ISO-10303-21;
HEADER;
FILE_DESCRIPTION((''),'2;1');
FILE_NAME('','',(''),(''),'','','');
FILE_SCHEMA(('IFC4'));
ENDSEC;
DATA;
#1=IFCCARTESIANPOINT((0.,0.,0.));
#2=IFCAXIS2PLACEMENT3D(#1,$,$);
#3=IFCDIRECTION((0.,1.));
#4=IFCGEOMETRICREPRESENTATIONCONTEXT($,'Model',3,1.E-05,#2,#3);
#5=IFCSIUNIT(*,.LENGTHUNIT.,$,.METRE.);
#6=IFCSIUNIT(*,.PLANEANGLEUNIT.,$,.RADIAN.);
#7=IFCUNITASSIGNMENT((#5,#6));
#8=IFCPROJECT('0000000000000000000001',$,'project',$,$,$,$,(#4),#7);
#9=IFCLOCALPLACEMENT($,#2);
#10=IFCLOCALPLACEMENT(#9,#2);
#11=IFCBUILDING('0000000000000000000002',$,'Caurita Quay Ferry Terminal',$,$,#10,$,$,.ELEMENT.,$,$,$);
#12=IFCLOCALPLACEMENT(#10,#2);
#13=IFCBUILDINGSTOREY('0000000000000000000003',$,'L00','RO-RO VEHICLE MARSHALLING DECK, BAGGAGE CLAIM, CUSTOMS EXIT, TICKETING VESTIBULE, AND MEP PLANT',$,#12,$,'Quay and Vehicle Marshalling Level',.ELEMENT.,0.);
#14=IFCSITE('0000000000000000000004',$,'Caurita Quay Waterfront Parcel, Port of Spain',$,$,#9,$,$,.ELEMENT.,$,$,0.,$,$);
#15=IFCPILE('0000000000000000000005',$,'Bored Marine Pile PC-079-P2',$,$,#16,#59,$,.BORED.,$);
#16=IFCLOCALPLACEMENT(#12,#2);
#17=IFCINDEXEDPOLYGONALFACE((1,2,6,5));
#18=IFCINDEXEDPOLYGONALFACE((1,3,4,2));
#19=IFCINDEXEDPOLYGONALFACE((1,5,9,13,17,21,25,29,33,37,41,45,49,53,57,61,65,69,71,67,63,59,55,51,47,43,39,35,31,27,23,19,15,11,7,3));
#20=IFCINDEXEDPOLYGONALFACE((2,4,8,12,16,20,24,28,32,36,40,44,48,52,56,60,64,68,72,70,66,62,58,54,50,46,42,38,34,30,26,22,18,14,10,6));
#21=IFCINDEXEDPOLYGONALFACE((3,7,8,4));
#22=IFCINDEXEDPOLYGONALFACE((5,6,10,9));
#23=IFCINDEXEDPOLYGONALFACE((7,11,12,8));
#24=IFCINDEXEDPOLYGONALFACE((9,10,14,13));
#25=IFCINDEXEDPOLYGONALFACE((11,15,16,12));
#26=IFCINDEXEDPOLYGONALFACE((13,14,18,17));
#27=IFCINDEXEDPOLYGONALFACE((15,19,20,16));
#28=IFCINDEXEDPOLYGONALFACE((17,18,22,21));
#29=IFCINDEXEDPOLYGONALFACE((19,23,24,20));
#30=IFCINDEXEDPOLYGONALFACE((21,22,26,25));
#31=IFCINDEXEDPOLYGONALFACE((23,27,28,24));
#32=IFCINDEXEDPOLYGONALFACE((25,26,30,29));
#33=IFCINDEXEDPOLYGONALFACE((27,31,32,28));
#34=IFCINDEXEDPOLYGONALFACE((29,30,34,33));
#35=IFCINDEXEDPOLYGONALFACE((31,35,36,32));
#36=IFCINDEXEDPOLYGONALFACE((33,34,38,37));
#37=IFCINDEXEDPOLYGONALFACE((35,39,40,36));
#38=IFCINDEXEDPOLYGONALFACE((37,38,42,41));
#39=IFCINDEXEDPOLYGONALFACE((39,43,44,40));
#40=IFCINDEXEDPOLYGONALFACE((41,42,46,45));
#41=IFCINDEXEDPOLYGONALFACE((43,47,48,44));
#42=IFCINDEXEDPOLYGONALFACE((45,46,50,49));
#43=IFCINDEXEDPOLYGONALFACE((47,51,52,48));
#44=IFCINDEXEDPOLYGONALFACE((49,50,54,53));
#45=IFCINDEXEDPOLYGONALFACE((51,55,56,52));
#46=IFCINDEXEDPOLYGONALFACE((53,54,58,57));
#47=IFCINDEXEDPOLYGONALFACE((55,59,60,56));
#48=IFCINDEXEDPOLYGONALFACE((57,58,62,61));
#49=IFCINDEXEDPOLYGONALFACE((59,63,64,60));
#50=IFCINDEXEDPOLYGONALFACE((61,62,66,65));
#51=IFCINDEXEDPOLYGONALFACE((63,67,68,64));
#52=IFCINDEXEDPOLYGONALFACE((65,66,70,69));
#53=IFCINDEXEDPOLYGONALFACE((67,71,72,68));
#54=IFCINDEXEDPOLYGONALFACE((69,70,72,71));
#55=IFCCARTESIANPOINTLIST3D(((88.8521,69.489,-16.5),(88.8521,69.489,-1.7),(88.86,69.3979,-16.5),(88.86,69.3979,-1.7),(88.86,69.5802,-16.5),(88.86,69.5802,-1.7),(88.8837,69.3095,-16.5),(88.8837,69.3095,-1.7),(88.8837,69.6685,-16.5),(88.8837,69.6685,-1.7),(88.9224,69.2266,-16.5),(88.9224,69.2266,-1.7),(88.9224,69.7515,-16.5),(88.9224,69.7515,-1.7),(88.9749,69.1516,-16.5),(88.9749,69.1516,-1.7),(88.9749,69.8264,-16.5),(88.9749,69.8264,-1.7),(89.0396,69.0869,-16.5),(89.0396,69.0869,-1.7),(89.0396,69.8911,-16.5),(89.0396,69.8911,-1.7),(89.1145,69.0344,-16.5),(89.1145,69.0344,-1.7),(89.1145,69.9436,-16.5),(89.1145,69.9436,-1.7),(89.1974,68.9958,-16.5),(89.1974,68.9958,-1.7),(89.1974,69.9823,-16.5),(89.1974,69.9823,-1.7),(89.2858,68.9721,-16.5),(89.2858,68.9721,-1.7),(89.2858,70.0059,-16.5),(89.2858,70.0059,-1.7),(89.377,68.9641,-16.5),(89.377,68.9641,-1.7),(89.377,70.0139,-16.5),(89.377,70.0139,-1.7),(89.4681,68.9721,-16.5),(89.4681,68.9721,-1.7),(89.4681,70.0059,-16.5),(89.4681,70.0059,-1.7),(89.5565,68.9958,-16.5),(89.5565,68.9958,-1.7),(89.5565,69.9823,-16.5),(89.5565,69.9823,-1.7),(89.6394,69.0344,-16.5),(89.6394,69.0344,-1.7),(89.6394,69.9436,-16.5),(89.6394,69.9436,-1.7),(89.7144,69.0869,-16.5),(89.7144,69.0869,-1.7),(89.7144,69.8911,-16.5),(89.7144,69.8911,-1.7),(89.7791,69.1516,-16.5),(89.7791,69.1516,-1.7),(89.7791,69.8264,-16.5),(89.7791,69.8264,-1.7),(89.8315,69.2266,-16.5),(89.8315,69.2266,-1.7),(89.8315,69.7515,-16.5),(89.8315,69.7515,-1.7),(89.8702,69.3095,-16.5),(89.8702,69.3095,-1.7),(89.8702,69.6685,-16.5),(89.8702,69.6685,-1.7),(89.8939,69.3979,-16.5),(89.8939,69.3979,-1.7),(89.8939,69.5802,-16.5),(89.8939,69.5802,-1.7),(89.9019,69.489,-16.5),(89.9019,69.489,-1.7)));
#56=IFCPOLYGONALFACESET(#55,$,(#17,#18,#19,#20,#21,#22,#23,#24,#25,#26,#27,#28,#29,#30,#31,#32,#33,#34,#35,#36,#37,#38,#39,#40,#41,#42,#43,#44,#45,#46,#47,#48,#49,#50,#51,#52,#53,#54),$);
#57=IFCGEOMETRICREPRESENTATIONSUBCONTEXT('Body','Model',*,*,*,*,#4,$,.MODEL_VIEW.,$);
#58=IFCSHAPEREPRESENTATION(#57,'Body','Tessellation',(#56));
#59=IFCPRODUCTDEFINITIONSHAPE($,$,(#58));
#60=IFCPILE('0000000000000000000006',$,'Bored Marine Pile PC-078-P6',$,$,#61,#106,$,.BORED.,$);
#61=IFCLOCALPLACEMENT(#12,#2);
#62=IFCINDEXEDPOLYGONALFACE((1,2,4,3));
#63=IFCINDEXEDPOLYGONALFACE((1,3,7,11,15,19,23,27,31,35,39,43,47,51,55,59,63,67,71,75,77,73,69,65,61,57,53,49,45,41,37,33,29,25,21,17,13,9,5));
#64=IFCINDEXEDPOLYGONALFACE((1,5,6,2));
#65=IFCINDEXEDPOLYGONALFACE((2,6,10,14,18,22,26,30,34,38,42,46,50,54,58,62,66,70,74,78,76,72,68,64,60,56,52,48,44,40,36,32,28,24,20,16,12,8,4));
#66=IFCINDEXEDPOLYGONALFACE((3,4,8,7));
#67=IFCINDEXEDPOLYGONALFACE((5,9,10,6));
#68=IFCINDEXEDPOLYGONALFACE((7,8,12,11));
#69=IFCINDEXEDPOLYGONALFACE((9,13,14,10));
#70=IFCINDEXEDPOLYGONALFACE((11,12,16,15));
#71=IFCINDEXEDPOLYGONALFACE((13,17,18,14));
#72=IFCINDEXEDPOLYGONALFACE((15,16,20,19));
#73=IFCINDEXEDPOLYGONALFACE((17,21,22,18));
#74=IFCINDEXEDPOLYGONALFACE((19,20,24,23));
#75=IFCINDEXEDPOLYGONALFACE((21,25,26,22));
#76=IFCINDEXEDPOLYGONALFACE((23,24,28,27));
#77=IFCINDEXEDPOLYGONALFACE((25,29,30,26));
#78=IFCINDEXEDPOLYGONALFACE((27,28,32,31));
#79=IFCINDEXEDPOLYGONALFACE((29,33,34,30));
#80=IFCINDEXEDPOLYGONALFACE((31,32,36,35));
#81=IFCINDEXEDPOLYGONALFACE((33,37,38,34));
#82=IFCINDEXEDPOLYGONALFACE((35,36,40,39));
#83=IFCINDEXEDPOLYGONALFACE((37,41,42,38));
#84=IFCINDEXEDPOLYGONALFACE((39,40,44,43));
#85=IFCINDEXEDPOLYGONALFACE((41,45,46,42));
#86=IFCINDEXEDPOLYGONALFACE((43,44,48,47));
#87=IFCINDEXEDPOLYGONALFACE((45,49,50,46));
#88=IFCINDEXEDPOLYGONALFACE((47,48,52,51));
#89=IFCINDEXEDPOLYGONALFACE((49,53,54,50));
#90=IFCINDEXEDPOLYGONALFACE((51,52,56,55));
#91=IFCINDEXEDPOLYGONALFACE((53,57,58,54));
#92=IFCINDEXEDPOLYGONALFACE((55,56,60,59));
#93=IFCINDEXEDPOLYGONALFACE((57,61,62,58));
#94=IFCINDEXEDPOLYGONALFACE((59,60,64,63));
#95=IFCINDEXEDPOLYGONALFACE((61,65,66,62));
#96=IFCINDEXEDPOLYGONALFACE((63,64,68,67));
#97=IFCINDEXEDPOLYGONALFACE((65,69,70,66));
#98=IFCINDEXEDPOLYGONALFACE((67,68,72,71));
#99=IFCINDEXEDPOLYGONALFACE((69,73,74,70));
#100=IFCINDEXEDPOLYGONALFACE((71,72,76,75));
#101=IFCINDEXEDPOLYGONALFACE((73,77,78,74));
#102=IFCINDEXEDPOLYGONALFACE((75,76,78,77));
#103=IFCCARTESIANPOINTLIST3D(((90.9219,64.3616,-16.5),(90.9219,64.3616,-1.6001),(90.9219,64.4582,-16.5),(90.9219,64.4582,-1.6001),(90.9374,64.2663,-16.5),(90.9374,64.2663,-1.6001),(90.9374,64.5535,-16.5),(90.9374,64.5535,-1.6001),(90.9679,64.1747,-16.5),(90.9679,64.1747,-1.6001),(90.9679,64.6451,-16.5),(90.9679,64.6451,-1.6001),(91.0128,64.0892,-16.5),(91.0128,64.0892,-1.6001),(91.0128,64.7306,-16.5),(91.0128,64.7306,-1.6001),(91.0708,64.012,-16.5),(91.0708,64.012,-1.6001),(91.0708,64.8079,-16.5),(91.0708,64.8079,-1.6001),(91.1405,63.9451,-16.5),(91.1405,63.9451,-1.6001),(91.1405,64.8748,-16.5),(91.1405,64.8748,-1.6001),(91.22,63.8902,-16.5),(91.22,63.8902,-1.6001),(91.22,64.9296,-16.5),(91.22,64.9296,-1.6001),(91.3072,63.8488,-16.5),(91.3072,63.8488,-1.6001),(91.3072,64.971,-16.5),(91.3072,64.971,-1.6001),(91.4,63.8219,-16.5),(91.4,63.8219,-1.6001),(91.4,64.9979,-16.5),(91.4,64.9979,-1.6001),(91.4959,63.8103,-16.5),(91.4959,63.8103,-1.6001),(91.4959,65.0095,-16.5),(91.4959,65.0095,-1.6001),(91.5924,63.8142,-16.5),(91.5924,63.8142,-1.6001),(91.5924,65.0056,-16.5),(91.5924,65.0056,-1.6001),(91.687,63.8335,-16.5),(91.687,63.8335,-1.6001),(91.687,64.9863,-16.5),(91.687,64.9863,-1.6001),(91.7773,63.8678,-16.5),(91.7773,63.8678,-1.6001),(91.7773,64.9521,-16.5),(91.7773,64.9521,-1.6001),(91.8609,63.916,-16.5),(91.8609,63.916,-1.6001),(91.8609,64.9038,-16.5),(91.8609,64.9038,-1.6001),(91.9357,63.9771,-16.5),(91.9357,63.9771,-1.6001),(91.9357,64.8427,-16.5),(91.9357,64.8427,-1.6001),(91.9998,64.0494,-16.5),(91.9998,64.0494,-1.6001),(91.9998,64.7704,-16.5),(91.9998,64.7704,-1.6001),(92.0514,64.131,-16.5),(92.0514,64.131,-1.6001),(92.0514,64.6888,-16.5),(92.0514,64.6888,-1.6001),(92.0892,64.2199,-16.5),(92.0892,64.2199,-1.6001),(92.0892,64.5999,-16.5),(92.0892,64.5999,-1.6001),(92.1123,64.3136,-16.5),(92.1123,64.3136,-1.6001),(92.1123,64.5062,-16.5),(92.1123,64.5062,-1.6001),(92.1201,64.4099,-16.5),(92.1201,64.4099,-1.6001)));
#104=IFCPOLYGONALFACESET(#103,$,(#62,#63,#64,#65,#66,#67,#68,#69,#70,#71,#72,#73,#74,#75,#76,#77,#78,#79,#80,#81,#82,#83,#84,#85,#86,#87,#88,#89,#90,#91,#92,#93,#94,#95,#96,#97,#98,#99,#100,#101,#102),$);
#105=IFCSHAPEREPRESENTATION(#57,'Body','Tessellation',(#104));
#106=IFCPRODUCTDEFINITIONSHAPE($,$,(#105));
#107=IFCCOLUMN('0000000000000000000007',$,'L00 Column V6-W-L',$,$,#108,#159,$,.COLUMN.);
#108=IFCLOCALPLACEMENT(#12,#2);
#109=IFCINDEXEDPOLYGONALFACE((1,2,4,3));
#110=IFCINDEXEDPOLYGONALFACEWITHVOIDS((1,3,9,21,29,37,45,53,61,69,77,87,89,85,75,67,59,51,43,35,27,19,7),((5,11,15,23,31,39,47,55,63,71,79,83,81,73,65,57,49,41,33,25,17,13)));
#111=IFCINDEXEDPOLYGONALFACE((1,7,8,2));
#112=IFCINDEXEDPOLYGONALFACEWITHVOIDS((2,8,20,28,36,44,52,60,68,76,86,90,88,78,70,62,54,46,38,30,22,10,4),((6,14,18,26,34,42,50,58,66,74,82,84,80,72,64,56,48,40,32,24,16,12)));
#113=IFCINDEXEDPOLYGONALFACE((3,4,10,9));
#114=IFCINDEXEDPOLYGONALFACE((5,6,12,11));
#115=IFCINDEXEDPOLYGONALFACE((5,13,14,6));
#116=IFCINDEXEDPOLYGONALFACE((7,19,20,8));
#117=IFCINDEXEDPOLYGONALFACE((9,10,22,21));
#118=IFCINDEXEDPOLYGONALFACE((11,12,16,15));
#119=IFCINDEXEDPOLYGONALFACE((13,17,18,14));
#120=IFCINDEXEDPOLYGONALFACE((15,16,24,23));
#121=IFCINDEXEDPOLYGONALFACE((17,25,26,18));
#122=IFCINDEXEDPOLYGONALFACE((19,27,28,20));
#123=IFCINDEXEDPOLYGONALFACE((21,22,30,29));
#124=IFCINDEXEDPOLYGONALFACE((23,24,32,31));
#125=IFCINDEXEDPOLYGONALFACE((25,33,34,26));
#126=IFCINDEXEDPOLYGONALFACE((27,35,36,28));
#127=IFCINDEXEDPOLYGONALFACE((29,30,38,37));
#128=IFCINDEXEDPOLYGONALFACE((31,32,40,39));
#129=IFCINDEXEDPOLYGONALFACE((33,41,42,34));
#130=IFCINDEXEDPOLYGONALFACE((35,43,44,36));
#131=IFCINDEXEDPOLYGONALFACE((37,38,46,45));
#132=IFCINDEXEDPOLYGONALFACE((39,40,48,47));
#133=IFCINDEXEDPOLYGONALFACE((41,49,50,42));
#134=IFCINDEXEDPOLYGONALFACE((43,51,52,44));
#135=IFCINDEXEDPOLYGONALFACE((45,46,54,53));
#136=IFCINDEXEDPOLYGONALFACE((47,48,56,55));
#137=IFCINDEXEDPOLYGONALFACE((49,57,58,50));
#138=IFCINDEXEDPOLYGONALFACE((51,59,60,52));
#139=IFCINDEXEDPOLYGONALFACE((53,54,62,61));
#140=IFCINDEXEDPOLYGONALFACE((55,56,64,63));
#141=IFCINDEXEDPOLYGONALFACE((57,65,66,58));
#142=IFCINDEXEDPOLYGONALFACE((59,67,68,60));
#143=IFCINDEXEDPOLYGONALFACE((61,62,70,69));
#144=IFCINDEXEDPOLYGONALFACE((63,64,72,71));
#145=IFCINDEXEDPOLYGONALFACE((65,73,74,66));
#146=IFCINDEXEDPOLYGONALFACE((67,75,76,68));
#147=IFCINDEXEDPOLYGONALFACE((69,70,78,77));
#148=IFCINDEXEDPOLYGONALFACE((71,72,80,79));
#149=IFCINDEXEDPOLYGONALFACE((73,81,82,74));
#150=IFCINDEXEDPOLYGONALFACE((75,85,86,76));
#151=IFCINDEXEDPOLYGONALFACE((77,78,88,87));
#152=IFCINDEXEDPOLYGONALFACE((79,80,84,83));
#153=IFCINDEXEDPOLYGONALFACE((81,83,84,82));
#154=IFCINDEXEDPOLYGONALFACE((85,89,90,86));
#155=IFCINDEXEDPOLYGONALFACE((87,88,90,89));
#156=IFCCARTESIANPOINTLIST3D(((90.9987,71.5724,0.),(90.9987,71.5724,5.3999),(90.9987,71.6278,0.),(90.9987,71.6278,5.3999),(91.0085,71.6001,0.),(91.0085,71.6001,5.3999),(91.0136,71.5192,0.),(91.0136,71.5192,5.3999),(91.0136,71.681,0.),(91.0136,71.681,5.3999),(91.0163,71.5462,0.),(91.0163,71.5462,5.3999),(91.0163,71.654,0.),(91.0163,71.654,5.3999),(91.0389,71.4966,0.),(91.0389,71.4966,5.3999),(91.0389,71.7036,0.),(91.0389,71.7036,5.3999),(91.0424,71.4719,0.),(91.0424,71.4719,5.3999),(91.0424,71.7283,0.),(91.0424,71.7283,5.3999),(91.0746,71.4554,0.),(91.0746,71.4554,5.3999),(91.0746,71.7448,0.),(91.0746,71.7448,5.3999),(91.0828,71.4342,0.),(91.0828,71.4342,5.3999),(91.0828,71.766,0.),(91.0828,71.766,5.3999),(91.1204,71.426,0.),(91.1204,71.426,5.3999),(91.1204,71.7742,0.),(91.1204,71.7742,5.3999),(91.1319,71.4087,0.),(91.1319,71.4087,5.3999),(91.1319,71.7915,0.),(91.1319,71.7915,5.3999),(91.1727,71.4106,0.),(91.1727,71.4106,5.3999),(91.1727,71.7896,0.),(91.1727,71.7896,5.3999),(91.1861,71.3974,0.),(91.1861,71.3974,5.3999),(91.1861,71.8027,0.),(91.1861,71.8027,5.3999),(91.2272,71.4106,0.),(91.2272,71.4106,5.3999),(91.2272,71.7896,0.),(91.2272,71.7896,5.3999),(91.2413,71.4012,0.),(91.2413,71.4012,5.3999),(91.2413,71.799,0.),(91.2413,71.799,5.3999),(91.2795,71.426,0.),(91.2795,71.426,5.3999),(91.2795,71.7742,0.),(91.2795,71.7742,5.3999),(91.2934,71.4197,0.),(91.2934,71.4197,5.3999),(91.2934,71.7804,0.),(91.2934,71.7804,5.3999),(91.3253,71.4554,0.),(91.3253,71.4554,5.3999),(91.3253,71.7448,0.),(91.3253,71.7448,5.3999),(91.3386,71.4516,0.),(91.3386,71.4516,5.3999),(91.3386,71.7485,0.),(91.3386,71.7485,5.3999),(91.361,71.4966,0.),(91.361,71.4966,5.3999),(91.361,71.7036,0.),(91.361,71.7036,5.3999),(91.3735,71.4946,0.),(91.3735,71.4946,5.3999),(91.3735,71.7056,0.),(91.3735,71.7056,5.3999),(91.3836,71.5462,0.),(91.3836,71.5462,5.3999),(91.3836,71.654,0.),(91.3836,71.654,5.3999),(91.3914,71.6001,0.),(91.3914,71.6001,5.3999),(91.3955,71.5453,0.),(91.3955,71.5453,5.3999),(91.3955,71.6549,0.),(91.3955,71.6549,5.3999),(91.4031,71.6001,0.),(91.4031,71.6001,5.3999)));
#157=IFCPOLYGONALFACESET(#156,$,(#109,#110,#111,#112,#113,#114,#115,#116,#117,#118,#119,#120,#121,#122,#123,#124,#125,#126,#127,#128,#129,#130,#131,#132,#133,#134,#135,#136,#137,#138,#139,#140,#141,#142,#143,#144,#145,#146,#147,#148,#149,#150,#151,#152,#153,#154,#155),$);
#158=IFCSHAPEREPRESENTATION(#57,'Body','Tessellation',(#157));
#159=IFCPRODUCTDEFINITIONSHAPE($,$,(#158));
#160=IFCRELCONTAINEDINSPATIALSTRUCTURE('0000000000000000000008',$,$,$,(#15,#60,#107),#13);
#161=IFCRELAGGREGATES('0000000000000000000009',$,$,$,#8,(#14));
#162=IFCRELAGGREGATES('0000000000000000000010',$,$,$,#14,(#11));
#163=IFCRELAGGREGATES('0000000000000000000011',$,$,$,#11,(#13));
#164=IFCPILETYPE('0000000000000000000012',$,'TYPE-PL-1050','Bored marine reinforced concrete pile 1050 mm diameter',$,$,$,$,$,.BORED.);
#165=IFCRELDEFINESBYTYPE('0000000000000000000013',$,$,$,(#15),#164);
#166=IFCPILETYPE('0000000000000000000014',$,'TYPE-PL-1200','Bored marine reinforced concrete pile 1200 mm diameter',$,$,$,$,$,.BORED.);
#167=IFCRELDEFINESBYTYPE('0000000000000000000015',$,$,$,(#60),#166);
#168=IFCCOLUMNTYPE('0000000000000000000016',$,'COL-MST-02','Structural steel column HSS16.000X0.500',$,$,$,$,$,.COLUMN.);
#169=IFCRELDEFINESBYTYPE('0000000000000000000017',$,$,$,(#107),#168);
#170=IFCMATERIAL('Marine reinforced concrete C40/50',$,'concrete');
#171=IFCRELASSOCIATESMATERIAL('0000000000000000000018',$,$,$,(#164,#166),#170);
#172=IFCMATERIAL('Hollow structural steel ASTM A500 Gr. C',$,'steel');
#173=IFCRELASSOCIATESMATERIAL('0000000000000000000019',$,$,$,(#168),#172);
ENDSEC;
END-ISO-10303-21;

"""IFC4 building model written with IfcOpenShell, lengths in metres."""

from ifc_helpers import new_model, si_unit, direction, frame, origin, origin_2d, place, context, subcontext, project, spatial, circle, hollow_circle, extrude, material, material_profile, profile_set, type_object, element, save


model = new_model("IFC4")

# Units and contexts
model_context = context("Model", 3, precision=1e-05, world=origin(), true_north=direction((0.0, 1.0)))
body_context = subcontext(model_context, "Body", "Model", "MODEL_VIEW")
ifc_project = project(units=[si_unit("LENGTHUNIT", "METRE"), si_unit("PLANEANGLEUNIT", "RADIAN")], contexts=[model_context])

# Site, building, storey
site_placement = place(None, origin())
site = spatial("IfcSite", under=ifc_project, at=site_placement, Name="Caurita Quay Waterfront Parcel, Port of Spain", CompositionType="ELEMENT", RefElevation=0.0)
building_placement = place(site_placement, origin())
building = spatial("IfcBuilding", under=site, at=building_placement, Name="Caurita Quay Ferry Terminal", CompositionType="ELEMENT")
storey_placement = place(building_placement, origin())
storey = spatial("IfcBuildingStorey", under=building, at=storey_placement, Name="L00", Description="RO-RO VEHICLE MARSHALLING DECK, BAGGAGE CLAIM, CUSTOMS EXIT, TICKETING VESTIBULE, AND MEP PLANT", LongName="Quay and Vehicle Marshalling Level", CompositionType="ELEMENT", Elevation=0.0)

# Piles
ifc_material_1 = material(Name="Marine reinforced concrete C40/50", Category="concrete")
ifc_material_profile_1 = material_profile(ifc_material_1, circle(Radius=0.5249, at=origin_2d()), Name="PILE-D1050")
ifc_profile_set_1 = profile_set([ifc_material_profile_1], Name="Marine reinforced concrete C40/50")
pile_type_1 = type_object("IfcPileType", Name="TYPE-PL-1050", Description="Bored marine reinforced concrete pile 1050 mm diameter", PredefinedType="BORED", material=ifc_profile_set_1)
pile_1_placement = place(storey_placement, frame((89.377, 69.489, -1.7), z_axis=(0.0, 0.0, -1.0), x_axis=(1.0, 0.0, 0.0)))
element("IfcPile", 1, at=pile_1_placement, inside=storey, type_object=pile_type_1, Name="Bored Marine Pile PC-079-P2", PredefinedType="BORED", context=body_context, shape_type="SweptSolid", body=[
    extrude(circle(Radius=0.5249, at=origin_2d()), origin(), (0.0, 0.0, 1.0), 14.8),
])
ifc_material_profile_2 = material_profile(ifc_material_1, circle(Radius=0.6001, at=origin_2d()), Name="PILE-D1200")
ifc_profile_set_2 = profile_set([ifc_material_profile_2], Name="Marine reinforced concrete C40/50")
pile_type_2 = type_object("IfcPileType", Name="TYPE-PL-1200", Description="Bored marine reinforced concrete pile 1200 mm diameter", PredefinedType="BORED", material=ifc_profile_set_2)
pile_2_placement = place(storey_placement, frame((91.52, 64.4099, -1.6001), z_axis=(0.0, 0.0, -1.0), x_axis=(1.0, 0.0, 0.0)))
element("IfcPile", 2, at=pile_2_placement, inside=storey, type_object=pile_type_2, Name="Bored Marine Pile PC-078-P6", PredefinedType="BORED", context=body_context, shape_type="SweptSolid", body=[
    extrude(circle(Radius=0.6001, at=origin_2d()), origin(), (0.0, 0.0, 1.0), 14.8999),
])

# Column
ifc_material_2 = material(Name="Hollow structural steel ASTM A500 Gr. C", Category="steel")
ifc_material_profile_3 = material_profile(ifc_material_2, hollow_circle(Radius=0.2031, WallThickness=0.0117, at=origin_2d()), Name="HSS16.000X0.500")
ifc_profile_set_3 = profile_set([ifc_material_profile_3], Name="Hollow structural steel ASTM A500 Gr. C")
column_type_1 = type_object("IfcColumnType", Name="COL-MST-02", Description="Structural steel column HSS16.000X0.500", PredefinedType="COLUMN", material=ifc_profile_set_3)
column_1_placement = place(storey_placement, frame((91.2, 71.6001, 0.0), z_axis=(0.0, 0.0, 1.0), x_axis=(1.0, 0.0, 0.0)))
element("IfcColumn", 3, at=column_1_placement, inside=storey, type_object=column_type_1, Name="L00 Column V6-W-L", PredefinedType="COLUMN", context=body_context, shape_type="SweptSolid", body=[
    extrude(hollow_circle(Radius=0.2031, WallThickness=0.0117, at=origin_2d()), origin(), (0.0, 0.0, 1.0), 5.3999),
])

save(model, "model.ifc")
